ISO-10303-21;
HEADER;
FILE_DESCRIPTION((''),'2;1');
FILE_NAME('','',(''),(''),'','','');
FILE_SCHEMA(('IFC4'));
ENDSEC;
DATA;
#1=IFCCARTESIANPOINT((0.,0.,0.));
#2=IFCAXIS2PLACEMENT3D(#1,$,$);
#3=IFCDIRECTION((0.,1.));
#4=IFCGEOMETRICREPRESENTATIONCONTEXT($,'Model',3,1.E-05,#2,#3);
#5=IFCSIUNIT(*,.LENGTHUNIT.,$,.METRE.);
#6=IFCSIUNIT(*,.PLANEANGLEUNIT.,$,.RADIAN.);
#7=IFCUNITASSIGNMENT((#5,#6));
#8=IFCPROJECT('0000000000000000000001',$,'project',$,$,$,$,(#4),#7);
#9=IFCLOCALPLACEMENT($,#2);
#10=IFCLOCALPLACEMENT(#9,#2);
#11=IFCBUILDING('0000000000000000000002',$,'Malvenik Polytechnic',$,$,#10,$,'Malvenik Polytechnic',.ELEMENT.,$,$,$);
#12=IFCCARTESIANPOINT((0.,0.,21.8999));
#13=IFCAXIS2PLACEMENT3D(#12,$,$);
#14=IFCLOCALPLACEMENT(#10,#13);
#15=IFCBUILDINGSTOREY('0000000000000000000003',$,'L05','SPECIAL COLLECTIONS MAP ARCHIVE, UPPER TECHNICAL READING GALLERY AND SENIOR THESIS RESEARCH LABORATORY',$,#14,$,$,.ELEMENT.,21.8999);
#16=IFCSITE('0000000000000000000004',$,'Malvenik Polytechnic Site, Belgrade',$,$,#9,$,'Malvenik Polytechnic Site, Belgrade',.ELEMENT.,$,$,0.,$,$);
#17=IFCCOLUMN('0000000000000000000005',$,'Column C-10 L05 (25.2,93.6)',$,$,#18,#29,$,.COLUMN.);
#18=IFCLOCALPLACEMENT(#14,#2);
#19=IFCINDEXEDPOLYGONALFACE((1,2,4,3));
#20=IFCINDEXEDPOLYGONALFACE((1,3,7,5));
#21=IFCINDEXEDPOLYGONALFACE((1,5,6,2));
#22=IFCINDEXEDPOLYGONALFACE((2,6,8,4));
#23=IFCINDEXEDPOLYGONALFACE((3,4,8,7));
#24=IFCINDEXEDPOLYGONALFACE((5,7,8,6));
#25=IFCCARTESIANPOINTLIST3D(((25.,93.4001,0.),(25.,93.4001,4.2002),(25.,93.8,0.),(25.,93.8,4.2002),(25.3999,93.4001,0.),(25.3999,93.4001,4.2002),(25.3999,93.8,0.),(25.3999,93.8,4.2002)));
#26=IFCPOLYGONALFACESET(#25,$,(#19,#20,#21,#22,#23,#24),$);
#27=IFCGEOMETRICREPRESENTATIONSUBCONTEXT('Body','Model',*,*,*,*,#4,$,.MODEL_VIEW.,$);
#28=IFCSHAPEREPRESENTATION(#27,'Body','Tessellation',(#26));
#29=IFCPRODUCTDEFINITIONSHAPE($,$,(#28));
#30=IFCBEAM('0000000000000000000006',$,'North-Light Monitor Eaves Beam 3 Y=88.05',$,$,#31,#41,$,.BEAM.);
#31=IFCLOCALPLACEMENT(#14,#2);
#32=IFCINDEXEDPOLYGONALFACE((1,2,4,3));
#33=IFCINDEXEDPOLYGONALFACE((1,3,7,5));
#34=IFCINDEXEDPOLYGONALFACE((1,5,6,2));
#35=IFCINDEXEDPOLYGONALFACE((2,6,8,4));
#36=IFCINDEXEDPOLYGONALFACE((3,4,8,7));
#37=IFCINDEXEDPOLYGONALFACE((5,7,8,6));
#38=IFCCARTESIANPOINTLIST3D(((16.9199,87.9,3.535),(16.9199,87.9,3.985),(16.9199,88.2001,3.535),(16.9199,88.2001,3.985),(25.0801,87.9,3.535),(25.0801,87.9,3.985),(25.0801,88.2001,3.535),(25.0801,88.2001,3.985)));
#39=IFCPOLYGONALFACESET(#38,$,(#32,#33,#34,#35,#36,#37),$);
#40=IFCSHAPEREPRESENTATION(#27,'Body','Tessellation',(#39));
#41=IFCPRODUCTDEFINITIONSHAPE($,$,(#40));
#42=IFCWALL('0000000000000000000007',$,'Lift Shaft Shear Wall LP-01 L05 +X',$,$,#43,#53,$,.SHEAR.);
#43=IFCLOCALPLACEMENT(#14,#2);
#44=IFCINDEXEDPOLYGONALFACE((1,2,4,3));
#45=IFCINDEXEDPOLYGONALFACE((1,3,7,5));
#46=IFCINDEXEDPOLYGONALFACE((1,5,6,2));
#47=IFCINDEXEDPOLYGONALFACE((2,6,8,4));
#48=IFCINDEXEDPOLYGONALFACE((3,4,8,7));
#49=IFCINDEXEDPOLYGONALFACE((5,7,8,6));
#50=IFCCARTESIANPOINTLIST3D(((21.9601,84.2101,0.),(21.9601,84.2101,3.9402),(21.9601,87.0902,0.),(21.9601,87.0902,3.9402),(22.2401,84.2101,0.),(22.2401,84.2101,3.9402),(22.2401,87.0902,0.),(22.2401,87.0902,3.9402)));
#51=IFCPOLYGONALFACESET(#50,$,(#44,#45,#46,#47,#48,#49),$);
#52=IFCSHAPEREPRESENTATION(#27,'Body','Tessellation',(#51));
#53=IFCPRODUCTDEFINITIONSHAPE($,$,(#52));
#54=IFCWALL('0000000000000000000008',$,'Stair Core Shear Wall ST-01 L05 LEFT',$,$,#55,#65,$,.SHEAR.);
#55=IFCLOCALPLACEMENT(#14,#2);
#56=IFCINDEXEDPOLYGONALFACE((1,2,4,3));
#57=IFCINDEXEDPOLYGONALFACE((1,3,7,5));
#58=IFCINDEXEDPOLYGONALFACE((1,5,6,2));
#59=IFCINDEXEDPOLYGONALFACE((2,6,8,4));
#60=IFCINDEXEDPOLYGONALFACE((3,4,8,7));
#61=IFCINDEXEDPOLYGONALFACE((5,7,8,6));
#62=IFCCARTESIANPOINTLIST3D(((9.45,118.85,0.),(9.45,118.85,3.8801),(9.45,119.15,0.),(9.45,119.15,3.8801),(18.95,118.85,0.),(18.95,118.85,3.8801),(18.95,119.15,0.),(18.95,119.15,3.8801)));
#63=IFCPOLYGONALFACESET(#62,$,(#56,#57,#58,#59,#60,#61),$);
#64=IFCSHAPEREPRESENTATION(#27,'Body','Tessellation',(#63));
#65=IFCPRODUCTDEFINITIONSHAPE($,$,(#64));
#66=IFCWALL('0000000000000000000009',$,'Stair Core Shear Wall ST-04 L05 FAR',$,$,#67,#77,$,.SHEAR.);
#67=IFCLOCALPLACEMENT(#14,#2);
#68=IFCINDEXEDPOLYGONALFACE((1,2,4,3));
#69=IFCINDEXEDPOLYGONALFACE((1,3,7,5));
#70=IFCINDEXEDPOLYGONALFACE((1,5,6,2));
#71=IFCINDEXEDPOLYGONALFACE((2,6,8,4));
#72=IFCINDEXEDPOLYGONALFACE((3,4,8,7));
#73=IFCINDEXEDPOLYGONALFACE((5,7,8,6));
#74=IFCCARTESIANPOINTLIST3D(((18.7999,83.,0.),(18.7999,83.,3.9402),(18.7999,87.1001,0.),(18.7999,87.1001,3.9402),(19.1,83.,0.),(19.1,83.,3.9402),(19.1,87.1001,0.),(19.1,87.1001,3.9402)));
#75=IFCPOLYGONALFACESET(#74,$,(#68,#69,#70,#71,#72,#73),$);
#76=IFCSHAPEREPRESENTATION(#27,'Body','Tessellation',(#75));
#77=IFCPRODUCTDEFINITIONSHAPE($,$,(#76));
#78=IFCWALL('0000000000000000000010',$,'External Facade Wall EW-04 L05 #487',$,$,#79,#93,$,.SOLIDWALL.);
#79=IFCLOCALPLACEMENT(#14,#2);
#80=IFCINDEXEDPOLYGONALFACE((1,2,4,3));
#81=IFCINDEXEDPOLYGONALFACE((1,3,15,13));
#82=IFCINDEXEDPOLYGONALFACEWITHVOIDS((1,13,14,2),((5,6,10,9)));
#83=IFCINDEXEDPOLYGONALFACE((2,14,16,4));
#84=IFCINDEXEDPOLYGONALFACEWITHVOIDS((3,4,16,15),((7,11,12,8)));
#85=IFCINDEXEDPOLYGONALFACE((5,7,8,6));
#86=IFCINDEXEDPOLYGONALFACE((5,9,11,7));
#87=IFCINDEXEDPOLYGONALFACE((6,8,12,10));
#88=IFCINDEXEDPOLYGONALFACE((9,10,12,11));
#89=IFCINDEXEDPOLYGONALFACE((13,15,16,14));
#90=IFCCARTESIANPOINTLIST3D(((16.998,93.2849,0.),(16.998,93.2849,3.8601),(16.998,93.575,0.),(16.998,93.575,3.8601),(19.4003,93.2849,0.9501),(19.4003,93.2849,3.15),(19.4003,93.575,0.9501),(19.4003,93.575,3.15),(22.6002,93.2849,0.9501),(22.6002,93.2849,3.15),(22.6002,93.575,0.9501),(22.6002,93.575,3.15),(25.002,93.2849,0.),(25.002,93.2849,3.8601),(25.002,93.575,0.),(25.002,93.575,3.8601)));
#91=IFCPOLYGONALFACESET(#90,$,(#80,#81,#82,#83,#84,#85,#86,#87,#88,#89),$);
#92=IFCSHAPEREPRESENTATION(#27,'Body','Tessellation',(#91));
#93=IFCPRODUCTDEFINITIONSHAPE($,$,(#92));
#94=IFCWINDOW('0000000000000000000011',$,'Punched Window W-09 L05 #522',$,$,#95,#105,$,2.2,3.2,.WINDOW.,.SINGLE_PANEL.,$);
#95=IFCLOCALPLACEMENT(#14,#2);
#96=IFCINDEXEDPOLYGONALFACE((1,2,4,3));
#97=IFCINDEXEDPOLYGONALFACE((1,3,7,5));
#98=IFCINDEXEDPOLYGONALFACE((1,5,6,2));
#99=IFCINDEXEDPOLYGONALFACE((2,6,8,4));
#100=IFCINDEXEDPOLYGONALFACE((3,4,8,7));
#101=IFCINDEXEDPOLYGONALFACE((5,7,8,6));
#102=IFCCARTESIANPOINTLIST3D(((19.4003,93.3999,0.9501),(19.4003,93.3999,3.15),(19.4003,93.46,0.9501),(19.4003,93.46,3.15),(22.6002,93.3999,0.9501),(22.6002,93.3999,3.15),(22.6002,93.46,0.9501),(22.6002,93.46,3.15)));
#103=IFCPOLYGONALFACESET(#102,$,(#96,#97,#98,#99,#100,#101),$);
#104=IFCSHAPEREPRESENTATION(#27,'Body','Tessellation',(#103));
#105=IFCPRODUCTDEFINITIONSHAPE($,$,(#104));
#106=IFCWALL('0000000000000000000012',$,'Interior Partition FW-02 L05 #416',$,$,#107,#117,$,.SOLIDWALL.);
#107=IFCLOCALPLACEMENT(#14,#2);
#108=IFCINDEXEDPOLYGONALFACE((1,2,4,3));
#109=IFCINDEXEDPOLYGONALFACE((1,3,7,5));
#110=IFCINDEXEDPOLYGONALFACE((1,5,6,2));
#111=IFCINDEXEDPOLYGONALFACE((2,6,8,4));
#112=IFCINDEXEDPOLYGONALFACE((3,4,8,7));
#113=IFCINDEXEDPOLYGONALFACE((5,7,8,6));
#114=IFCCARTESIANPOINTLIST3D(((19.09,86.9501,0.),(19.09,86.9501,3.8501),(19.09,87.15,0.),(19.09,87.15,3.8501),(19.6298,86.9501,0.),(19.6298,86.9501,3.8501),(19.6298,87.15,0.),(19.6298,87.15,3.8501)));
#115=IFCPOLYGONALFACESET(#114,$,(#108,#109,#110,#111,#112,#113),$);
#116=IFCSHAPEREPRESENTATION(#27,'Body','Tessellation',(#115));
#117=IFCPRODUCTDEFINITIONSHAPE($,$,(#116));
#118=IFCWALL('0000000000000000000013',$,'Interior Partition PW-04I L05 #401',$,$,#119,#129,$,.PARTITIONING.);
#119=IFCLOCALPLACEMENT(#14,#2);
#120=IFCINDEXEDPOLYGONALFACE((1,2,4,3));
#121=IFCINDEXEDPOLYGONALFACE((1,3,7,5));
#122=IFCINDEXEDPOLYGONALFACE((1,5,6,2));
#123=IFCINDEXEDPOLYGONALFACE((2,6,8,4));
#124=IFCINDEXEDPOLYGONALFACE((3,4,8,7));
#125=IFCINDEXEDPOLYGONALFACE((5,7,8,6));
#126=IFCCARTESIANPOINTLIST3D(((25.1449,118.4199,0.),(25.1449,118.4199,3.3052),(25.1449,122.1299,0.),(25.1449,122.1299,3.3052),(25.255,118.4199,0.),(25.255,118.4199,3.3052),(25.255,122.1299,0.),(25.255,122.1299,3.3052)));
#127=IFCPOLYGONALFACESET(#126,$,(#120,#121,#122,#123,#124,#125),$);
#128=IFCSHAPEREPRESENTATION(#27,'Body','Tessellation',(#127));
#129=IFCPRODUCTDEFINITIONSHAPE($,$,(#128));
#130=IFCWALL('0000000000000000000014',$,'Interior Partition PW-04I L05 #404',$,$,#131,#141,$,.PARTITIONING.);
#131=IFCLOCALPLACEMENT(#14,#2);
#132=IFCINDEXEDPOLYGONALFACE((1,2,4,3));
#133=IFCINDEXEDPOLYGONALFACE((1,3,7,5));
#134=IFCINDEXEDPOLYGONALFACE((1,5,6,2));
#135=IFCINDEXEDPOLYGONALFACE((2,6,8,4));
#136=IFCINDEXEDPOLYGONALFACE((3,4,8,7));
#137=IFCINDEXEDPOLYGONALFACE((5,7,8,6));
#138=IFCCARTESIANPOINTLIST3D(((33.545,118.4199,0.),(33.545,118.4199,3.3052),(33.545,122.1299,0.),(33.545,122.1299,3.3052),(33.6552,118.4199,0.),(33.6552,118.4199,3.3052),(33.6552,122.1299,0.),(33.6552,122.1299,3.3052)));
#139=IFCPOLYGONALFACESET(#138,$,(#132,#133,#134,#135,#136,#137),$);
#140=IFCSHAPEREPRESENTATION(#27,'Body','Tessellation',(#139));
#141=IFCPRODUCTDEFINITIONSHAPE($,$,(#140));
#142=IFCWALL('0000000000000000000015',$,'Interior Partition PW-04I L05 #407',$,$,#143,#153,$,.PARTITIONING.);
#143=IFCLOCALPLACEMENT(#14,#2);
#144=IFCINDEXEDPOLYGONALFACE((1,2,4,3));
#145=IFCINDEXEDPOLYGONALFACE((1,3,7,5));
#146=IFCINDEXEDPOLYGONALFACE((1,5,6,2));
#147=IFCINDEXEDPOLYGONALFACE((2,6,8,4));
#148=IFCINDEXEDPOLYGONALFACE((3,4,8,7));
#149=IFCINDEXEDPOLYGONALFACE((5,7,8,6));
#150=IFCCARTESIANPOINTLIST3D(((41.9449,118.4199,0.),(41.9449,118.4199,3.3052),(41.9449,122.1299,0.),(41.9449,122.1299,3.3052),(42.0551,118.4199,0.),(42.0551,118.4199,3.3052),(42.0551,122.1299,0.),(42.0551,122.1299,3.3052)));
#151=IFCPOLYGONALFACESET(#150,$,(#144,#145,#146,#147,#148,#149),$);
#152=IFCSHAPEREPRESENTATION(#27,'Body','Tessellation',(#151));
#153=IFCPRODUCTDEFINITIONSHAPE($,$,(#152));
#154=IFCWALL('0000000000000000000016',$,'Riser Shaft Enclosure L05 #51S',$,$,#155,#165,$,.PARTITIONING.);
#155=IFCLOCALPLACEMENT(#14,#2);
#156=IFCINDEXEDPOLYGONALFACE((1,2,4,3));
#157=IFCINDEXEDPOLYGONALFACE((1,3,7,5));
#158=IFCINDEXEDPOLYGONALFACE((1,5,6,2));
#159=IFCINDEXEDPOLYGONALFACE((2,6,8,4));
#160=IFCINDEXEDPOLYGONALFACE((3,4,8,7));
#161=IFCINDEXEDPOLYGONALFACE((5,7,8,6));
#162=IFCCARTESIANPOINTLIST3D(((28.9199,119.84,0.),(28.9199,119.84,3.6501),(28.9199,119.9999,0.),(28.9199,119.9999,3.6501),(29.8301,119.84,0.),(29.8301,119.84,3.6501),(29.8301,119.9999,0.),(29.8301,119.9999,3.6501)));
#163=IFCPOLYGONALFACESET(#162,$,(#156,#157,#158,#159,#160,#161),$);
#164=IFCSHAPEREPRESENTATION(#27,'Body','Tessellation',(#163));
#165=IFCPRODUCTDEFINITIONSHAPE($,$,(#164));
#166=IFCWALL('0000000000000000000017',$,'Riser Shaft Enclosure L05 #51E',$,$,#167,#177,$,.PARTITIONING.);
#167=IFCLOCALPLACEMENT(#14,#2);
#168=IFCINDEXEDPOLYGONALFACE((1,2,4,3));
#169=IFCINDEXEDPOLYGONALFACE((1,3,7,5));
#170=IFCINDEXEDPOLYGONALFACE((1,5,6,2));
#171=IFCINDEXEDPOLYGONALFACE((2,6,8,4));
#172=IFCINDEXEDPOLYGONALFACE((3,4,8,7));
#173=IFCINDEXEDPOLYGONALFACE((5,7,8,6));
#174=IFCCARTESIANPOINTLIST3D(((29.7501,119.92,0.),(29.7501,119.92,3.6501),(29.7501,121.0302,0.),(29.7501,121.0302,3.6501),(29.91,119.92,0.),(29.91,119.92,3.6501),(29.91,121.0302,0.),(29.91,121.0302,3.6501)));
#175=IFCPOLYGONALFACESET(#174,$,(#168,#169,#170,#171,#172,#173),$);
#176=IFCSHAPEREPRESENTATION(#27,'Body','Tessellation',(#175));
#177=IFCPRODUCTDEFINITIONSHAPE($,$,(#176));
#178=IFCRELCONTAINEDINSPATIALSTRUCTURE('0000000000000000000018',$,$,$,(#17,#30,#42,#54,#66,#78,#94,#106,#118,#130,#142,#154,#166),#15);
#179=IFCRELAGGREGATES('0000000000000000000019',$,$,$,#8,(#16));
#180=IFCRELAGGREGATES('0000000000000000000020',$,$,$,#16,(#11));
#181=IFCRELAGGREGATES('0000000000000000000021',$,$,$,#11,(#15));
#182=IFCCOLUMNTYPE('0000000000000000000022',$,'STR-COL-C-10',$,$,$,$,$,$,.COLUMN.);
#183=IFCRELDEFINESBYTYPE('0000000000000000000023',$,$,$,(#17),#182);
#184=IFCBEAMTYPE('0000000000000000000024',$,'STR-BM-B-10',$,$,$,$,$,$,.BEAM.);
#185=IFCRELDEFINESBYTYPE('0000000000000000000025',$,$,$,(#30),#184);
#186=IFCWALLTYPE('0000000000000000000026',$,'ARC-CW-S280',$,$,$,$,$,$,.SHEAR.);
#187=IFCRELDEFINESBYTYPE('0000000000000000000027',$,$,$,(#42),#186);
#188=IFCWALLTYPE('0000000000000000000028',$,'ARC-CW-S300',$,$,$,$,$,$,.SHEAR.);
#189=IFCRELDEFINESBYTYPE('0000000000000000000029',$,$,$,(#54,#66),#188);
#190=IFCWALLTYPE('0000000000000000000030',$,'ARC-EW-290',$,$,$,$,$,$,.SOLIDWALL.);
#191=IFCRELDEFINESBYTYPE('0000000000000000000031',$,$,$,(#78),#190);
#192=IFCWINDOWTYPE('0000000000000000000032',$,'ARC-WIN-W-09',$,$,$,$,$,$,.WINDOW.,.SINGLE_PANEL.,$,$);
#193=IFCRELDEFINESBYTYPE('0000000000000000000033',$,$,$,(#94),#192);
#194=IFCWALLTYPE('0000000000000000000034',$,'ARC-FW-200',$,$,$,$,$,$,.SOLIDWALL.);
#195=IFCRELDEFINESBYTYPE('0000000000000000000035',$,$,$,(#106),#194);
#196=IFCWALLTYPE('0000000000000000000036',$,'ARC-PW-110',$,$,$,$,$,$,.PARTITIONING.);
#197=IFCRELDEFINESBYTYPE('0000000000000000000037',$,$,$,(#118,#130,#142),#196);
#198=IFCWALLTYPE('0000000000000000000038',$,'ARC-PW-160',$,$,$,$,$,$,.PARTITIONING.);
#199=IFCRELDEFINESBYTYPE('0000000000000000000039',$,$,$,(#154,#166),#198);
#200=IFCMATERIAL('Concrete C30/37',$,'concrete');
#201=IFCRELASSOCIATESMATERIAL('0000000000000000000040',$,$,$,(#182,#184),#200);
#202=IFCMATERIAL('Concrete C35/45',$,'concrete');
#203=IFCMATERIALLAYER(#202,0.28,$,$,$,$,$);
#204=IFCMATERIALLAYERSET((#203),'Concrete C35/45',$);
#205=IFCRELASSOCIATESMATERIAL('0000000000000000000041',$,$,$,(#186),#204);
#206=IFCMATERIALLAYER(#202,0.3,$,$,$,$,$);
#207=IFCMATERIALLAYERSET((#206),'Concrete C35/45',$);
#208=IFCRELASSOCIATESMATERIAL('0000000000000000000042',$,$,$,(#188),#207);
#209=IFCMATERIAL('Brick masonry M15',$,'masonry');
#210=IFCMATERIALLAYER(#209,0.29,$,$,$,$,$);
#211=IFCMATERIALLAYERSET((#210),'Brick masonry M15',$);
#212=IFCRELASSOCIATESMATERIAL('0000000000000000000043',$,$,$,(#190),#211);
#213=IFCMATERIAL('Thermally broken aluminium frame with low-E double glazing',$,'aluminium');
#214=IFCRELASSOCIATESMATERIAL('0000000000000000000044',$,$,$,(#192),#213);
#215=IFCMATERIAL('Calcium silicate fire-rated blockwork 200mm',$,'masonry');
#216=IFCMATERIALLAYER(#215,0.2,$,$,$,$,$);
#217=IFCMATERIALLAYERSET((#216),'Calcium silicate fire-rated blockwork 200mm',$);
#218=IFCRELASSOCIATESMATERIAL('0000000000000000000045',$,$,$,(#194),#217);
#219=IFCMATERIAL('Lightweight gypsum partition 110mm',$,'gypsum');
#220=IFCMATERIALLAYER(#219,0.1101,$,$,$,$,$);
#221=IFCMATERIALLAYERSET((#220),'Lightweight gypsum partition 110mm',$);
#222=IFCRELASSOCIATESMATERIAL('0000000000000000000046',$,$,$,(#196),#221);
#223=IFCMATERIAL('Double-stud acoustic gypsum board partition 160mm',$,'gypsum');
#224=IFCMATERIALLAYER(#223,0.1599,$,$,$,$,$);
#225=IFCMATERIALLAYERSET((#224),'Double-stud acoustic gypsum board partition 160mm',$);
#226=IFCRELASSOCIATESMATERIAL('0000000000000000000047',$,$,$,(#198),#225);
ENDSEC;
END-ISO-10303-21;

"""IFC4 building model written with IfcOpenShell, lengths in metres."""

from ifc_helpers import new_model, si_unit, direction, frame, frame_2d, origin, origin_2d, place, context, subcontext, project, spatial, rectangle, extrude, material, layer, layer_set, material_profile, profile_set, type_object, element, fill, save


model = new_model("IFC4")

# Units and contexts
model_context = context("Model", 3, precision=1e-05, world=origin(), true_north=direction((0.0, 1.0)))
body_context = subcontext(model_context, "Body", "Model", "MODEL_VIEW")
ifc_project = project(units=[si_unit("LENGTHUNIT", "METRE"), si_unit("PLANEANGLEUNIT", "RADIAN")], contexts=[model_context])

# Site, building, storey
site_placement = place(None, origin())
site = spatial("IfcSite", under=ifc_project, at=site_placement, Name="Malvenik Polytechnic Site, Belgrade", LongName="Malvenik Polytechnic Site, Belgrade", CompositionType="ELEMENT", RefElevation=0.0)
building_placement = place(site_placement, origin())
building = spatial("IfcBuilding", under=site, at=building_placement, Name="Malvenik Polytechnic", LongName="Malvenik Polytechnic", CompositionType="ELEMENT")
storey_placement = place(building_placement, frame((0.0, 0.0, 21.8999)))
storey = spatial("IfcBuildingStorey", under=building, at=storey_placement, Name="L05", Description="SPECIAL COLLECTIONS MAP ARCHIVE, UPPER TECHNICAL READING GALLERY AND SENIOR THESIS RESEARCH LABORATORY", CompositionType="ELEMENT", Elevation=21.8999)

# Column
ifc_material_1 = material(Name="Concrete C30/37", Category="concrete")
ifc_material_profile_1 = material_profile(ifc_material_1, rectangle(XDim=0.3999, YDim=0.3999, at=origin_2d()), Name="RC COL 400x400")
ifc_profile_set_1 = profile_set([ifc_material_profile_1], Name="Concrete C30/37")
column_type = type_object("IfcColumnType", Name="STR-COL-C-10", PredefinedType="COLUMN", material=ifc_profile_set_1)
column_placement = place(storey_placement, frame((25.2, 93.6001, 0.0), z_axis=(0.0, 0.0, 1.0), x_axis=(1.0, 0.0, 0.0)))
element("IfcColumn", 1, at=column_placement, inside=storey, type_object=column_type, Name="Column C-10 L05 (25.2,93.6)", PredefinedType="COLUMN", context=body_context, shape_type="SweptSolid", body=[
    extrude(rectangle(XDim=0.3999, YDim=0.3999, at=origin_2d()), origin(), (0.0, 0.0, 1.0), 4.2002),
])

# Beam
ifc_material_profile_2 = material_profile(ifc_material_1, rectangle(XDim=0.3, YDim=0.45, at=origin_2d()), Name="RC BM 300x450")
ifc_profile_set_2 = profile_set([ifc_material_profile_2], Name="Concrete C30/37")
beam_type = type_object("IfcBeamType", Name="STR-BM-B-10", PredefinedType="BEAM", material=ifc_profile_set_2)
beam_placement = place(storey_placement, frame((16.9199, 88.05, 3.76), z_axis=(1.0, 0.0, 0.0), x_axis=(0.0, 1.0, 0.0)))
element("IfcBeam", 2, at=beam_placement, inside=storey, type_object=beam_type, Name="North-Light Monitor Eaves Beam 3 Y=88.05", PredefinedType="BEAM", context=body_context, shape_type="SweptSolid", body=[
    extrude(rectangle(XDim=0.3, YDim=0.45, at=origin_2d()), origin(), (0.0, 0.0, 1.0), 8.1602),
])

# Shared definitions
ifc_material_2 = material(Name="Concrete C35/45", Category="concrete")
ifc_layer_1 = layer(ifc_material_2, 0.28)
ifc_layer_set_1 = layer_set([ifc_layer_1], Name="Concrete C35/45")
wall_type_1 = type_object("IfcWallType", Name="ARC-CW-S280", PredefinedType="SHEAR", material=ifc_layer_set_1)

# Walls
wall_1_placement = place(storey_placement, frame((22.1001, 87.0901, 0.0), z_axis=(0.0, 0.0, 1.0), x_axis=(0.0, -1.0, 0.0)))
element("IfcWall", 3, at=wall_1_placement, inside=storey, type_object=wall_type_1, Name="Lift Shaft Shear Wall LP-01 L05 +X", PredefinedType="SHEAR", context=body_context, shape_type="SweptSolid", body=[
    extrude(rectangle(XDim=2.8801, YDim=0.28, at=frame_2d((1.4399, 0.0))), origin(), (0.0, 0.0, 1.0), 3.9402),
])
ifc_layer_2 = layer(ifc_material_2, 0.3)
ifc_layer_set_2 = layer_set([ifc_layer_2], Name="Concrete C35/45")
wall_type_2 = type_object("IfcWallType", Name="ARC-CW-S300", PredefinedType="SHEAR", material=ifc_layer_set_2)
wall_2_placement = place(storey_placement, frame((18.95, 119.0, 0.0), z_axis=(0.0, 0.0, 1.0), x_axis=(-1.0, 0.0, 0.0)))
element("IfcWall", 4, at=wall_2_placement, inside=storey, type_object=wall_type_2, Name="Stair Core Shear Wall ST-01 L05 LEFT", PredefinedType="SHEAR", context=body_context, shape_type="SweptSolid", body=[
    extrude(rectangle(XDim=9.5, YDim=0.3, at=frame_2d((4.75, 0.0))), origin(), (0.0, 0.0, 1.0), 3.8801),
])
wall_3_placement = place(storey_placement, frame((18.95, 87.1001, 0.0), z_axis=(0.0, 0.0, 1.0), x_axis=(0.0, -1.0, 0.0)))
element("IfcWall", 5, at=wall_3_placement, inside=storey, type_object=wall_type_2, Name="Stair Core Shear Wall ST-04 L05 FAR", PredefinedType="SHEAR", context=body_context, shape_type="SweptSolid", body=[
    extrude(rectangle(XDim=4.1001, YDim=0.3, at=frame_2d((2.05, 0.0))), origin(), (0.0, 0.0, 1.0), 3.9402),
])

# Wall, opening, window
ifc_material_3 = material(Name="Brick masonry M15", Category="masonry")
ifc_layer_3 = layer(ifc_material_3, 0.29)
ifc_layer_set_3 = layer_set([ifc_layer_3], Name="Brick masonry M15")
wall_type_3 = type_object("IfcWallType", Name="ARC-EW-290", PredefinedType="SOLIDWALL", material=ifc_layer_set_3)
wall_4_placement = place(storey_placement, frame((16.998, 93.4299, 0.0), z_axis=(0.0, 0.0, 1.0), x_axis=(1.0, 0.0, 0.0)))
wall_4 = element("IfcWall", 6, at=wall_4_placement, inside=storey, type_object=wall_type_3, Name="External Facade Wall EW-04 L05 #487", PredefinedType="SOLIDWALL", context=body_context, shape_type="SweptSolid", body=[
    extrude(rectangle(XDim=8.0039, YDim=0.29, at=frame_2d((4.002, 0.0))), origin(), (0.0, 0.0, 1.0), 3.8601),
])
opening_1_placement = place(wall_4_placement, frame((2.4021, 0.0, 0.95)))
opening_1 = element("IfcOpeningElement", 7, at=opening_1_placement, cuts=wall_4, PredefinedType="OPENING", context=body_context, shape_type="SweptSolid", body=[
    extrude(rectangle(XDim=3.2, YDim=2.2, at=frame_2d((1.6001, 1.1001))), frame((0.0, 0.155, 0.0), z_axis=(0.0, -1.0, 0.0), x_axis=(1.0, 0.0, 0.0)), (0.0, 0.0, 1.0), 0.3101),
])
ifc_material_4 = material(Name="Thermally broken aluminium frame with low-E double glazing", Category="aluminium")
window_type = type_object("IfcWindowType", Name="ARC-WIN-W-09", PartitioningType="SINGLE_PANEL", PredefinedType="WINDOW", material=ifc_material_4)
window_placement = place(opening_1_placement, origin())
window = element("IfcWindow", 8, at=window_placement, inside=storey, type_object=window_type, Name="Punched Window W-09 L05 #522", OverallHeight=2.2, OverallWidth=3.2, PartitioningType="SINGLE_PANEL", PredefinedType="WINDOW", context=body_context, shape_type="SweptSolid", body=[
    extrude(rectangle(XDim=3.2, YDim=2.2, at=frame_2d((1.6001, 1.1001))), frame((0.0, 0.03, 0.0), z_axis=(0.0, -1.0, 0.0), x_axis=(1.0, 0.0, 0.0)), (0.0, 0.0, 1.0), 0.0601),
])
fill(opening_1, window)

# Walls
ifc_material_5 = material(Name="Calcium silicate fire-rated blockwork 200mm", Category="masonry")
ifc_layer_4 = layer(ifc_material_5, 0.2)
ifc_layer_set_4 = layer_set([ifc_layer_4], Name="Calcium silicate fire-rated blockwork 200mm")
wall_type_4 = type_object("IfcWallType", Name="ARC-FW-200", PredefinedType="SOLIDWALL", material=ifc_layer_set_4)
wall_5_placement = place(storey_placement, frame((19.6299, 87.05, 0.0), z_axis=(0.0, 0.0, 1.0), x_axis=(-1.0, 0.0, 0.0)))
element("IfcWall", 9, at=wall_5_placement, inside=storey, type_object=wall_type_4, Name="Interior Partition FW-02 L05 #416", PredefinedType="SOLIDWALL", context=body_context, shape_type="SweptSolid", body=[
    extrude(rectangle(XDim=0.5398, YDim=0.2, at=frame_2d((0.27, 0.0))), origin(), (0.0, 0.0, 1.0), 3.8501),
])
ifc_material_6 = material(Name="Lightweight gypsum partition 110mm", Category="gypsum")
ifc_layer_5 = layer(ifc_material_6, 0.1101)
ifc_layer_set_5 = layer_set([ifc_layer_5], Name="Lightweight gypsum partition 110mm")
wall_type_5 = type_object("IfcWallType", Name="ARC-PW-110", PredefinedType="PARTITIONING", material=ifc_layer_set_5)
for number, where, z_axis, x_axis, name in (
    (10, (25.2, 118.4199, 0.0), (0.0, 0.0, 1.0), (0.0, 1.0, 0.0), "Interior Partition PW-04I L05 #401"),
    (11, (33.6001, 118.4199, 0.0), (0.0, 0.0, 1.0), (0.0, 1.0, 0.0), "Interior Partition PW-04I L05 #404"),
    (12, (42.0, 118.4199, 0.0), (0.0, 0.0, 1.0), (0.0, 1.0, 0.0), "Interior Partition PW-04I L05 #407"),
):
    element("IfcWall", number, at=place(storey_placement, frame(where, z_axis=z_axis, x_axis=x_axis)), inside=storey, type_object=wall_type_5, Name=name, PredefinedType="PARTITIONING", context=body_context, shape_type="SweptSolid", body=[
        extrude(rectangle(XDim=3.71, YDim=0.1101, at=frame_2d((1.855, 0.0))), origin(), (0.0, 0.0, 1.0), 3.3052),
    ])
ifc_material_7 = material(Name="Double-stud acoustic gypsum board partition 160mm", Category="gypsum")
ifc_layer_6 = layer(ifc_material_7, 0.1599)
ifc_layer_set_6 = layer_set([ifc_layer_6], Name="Double-stud acoustic gypsum board partition 160mm")
wall_type_6 = type_object("IfcWallType", Name="ARC-PW-160", PredefinedType="PARTITIONING", material=ifc_layer_set_6)
wall_6_placement = place(storey_placement, frame((28.9199, 119.9199, 0.0), z_axis=(0.0, 0.0, 1.0), x_axis=(1.0, 0.0, 0.0)))
element("IfcWall", 13, at=wall_6_placement, inside=storey, type_object=wall_type_6, Name="Riser Shaft Enclosure L05 #51S", PredefinedType="PARTITIONING", context=body_context, shape_type="SweptSolid", body=[
    extrude(rectangle(XDim=0.9102, YDim=0.1599, at=frame_2d((0.4551, 0.0))), origin(), (0.0, 0.0, 1.0), 3.6501),
])
wall_7_placement = place(storey_placement, frame((29.8301, 119.9199, 0.0), z_axis=(0.0, 0.0, 1.0), x_axis=(0.0, 1.0, 0.0)))
element("IfcWall", 14, at=wall_7_placement, inside=storey, type_object=wall_type_6, Name="Riser Shaft Enclosure L05 #51E", PredefinedType="PARTITIONING", context=body_context, shape_type="SweptSolid", body=[
    extrude(rectangle(XDim=1.1101, YDim=0.1599, at=frame_2d((0.5552, 0.0))), origin(), (0.0, 0.0, 1.0), 3.6501),
])

save(model, "model.ifc")
